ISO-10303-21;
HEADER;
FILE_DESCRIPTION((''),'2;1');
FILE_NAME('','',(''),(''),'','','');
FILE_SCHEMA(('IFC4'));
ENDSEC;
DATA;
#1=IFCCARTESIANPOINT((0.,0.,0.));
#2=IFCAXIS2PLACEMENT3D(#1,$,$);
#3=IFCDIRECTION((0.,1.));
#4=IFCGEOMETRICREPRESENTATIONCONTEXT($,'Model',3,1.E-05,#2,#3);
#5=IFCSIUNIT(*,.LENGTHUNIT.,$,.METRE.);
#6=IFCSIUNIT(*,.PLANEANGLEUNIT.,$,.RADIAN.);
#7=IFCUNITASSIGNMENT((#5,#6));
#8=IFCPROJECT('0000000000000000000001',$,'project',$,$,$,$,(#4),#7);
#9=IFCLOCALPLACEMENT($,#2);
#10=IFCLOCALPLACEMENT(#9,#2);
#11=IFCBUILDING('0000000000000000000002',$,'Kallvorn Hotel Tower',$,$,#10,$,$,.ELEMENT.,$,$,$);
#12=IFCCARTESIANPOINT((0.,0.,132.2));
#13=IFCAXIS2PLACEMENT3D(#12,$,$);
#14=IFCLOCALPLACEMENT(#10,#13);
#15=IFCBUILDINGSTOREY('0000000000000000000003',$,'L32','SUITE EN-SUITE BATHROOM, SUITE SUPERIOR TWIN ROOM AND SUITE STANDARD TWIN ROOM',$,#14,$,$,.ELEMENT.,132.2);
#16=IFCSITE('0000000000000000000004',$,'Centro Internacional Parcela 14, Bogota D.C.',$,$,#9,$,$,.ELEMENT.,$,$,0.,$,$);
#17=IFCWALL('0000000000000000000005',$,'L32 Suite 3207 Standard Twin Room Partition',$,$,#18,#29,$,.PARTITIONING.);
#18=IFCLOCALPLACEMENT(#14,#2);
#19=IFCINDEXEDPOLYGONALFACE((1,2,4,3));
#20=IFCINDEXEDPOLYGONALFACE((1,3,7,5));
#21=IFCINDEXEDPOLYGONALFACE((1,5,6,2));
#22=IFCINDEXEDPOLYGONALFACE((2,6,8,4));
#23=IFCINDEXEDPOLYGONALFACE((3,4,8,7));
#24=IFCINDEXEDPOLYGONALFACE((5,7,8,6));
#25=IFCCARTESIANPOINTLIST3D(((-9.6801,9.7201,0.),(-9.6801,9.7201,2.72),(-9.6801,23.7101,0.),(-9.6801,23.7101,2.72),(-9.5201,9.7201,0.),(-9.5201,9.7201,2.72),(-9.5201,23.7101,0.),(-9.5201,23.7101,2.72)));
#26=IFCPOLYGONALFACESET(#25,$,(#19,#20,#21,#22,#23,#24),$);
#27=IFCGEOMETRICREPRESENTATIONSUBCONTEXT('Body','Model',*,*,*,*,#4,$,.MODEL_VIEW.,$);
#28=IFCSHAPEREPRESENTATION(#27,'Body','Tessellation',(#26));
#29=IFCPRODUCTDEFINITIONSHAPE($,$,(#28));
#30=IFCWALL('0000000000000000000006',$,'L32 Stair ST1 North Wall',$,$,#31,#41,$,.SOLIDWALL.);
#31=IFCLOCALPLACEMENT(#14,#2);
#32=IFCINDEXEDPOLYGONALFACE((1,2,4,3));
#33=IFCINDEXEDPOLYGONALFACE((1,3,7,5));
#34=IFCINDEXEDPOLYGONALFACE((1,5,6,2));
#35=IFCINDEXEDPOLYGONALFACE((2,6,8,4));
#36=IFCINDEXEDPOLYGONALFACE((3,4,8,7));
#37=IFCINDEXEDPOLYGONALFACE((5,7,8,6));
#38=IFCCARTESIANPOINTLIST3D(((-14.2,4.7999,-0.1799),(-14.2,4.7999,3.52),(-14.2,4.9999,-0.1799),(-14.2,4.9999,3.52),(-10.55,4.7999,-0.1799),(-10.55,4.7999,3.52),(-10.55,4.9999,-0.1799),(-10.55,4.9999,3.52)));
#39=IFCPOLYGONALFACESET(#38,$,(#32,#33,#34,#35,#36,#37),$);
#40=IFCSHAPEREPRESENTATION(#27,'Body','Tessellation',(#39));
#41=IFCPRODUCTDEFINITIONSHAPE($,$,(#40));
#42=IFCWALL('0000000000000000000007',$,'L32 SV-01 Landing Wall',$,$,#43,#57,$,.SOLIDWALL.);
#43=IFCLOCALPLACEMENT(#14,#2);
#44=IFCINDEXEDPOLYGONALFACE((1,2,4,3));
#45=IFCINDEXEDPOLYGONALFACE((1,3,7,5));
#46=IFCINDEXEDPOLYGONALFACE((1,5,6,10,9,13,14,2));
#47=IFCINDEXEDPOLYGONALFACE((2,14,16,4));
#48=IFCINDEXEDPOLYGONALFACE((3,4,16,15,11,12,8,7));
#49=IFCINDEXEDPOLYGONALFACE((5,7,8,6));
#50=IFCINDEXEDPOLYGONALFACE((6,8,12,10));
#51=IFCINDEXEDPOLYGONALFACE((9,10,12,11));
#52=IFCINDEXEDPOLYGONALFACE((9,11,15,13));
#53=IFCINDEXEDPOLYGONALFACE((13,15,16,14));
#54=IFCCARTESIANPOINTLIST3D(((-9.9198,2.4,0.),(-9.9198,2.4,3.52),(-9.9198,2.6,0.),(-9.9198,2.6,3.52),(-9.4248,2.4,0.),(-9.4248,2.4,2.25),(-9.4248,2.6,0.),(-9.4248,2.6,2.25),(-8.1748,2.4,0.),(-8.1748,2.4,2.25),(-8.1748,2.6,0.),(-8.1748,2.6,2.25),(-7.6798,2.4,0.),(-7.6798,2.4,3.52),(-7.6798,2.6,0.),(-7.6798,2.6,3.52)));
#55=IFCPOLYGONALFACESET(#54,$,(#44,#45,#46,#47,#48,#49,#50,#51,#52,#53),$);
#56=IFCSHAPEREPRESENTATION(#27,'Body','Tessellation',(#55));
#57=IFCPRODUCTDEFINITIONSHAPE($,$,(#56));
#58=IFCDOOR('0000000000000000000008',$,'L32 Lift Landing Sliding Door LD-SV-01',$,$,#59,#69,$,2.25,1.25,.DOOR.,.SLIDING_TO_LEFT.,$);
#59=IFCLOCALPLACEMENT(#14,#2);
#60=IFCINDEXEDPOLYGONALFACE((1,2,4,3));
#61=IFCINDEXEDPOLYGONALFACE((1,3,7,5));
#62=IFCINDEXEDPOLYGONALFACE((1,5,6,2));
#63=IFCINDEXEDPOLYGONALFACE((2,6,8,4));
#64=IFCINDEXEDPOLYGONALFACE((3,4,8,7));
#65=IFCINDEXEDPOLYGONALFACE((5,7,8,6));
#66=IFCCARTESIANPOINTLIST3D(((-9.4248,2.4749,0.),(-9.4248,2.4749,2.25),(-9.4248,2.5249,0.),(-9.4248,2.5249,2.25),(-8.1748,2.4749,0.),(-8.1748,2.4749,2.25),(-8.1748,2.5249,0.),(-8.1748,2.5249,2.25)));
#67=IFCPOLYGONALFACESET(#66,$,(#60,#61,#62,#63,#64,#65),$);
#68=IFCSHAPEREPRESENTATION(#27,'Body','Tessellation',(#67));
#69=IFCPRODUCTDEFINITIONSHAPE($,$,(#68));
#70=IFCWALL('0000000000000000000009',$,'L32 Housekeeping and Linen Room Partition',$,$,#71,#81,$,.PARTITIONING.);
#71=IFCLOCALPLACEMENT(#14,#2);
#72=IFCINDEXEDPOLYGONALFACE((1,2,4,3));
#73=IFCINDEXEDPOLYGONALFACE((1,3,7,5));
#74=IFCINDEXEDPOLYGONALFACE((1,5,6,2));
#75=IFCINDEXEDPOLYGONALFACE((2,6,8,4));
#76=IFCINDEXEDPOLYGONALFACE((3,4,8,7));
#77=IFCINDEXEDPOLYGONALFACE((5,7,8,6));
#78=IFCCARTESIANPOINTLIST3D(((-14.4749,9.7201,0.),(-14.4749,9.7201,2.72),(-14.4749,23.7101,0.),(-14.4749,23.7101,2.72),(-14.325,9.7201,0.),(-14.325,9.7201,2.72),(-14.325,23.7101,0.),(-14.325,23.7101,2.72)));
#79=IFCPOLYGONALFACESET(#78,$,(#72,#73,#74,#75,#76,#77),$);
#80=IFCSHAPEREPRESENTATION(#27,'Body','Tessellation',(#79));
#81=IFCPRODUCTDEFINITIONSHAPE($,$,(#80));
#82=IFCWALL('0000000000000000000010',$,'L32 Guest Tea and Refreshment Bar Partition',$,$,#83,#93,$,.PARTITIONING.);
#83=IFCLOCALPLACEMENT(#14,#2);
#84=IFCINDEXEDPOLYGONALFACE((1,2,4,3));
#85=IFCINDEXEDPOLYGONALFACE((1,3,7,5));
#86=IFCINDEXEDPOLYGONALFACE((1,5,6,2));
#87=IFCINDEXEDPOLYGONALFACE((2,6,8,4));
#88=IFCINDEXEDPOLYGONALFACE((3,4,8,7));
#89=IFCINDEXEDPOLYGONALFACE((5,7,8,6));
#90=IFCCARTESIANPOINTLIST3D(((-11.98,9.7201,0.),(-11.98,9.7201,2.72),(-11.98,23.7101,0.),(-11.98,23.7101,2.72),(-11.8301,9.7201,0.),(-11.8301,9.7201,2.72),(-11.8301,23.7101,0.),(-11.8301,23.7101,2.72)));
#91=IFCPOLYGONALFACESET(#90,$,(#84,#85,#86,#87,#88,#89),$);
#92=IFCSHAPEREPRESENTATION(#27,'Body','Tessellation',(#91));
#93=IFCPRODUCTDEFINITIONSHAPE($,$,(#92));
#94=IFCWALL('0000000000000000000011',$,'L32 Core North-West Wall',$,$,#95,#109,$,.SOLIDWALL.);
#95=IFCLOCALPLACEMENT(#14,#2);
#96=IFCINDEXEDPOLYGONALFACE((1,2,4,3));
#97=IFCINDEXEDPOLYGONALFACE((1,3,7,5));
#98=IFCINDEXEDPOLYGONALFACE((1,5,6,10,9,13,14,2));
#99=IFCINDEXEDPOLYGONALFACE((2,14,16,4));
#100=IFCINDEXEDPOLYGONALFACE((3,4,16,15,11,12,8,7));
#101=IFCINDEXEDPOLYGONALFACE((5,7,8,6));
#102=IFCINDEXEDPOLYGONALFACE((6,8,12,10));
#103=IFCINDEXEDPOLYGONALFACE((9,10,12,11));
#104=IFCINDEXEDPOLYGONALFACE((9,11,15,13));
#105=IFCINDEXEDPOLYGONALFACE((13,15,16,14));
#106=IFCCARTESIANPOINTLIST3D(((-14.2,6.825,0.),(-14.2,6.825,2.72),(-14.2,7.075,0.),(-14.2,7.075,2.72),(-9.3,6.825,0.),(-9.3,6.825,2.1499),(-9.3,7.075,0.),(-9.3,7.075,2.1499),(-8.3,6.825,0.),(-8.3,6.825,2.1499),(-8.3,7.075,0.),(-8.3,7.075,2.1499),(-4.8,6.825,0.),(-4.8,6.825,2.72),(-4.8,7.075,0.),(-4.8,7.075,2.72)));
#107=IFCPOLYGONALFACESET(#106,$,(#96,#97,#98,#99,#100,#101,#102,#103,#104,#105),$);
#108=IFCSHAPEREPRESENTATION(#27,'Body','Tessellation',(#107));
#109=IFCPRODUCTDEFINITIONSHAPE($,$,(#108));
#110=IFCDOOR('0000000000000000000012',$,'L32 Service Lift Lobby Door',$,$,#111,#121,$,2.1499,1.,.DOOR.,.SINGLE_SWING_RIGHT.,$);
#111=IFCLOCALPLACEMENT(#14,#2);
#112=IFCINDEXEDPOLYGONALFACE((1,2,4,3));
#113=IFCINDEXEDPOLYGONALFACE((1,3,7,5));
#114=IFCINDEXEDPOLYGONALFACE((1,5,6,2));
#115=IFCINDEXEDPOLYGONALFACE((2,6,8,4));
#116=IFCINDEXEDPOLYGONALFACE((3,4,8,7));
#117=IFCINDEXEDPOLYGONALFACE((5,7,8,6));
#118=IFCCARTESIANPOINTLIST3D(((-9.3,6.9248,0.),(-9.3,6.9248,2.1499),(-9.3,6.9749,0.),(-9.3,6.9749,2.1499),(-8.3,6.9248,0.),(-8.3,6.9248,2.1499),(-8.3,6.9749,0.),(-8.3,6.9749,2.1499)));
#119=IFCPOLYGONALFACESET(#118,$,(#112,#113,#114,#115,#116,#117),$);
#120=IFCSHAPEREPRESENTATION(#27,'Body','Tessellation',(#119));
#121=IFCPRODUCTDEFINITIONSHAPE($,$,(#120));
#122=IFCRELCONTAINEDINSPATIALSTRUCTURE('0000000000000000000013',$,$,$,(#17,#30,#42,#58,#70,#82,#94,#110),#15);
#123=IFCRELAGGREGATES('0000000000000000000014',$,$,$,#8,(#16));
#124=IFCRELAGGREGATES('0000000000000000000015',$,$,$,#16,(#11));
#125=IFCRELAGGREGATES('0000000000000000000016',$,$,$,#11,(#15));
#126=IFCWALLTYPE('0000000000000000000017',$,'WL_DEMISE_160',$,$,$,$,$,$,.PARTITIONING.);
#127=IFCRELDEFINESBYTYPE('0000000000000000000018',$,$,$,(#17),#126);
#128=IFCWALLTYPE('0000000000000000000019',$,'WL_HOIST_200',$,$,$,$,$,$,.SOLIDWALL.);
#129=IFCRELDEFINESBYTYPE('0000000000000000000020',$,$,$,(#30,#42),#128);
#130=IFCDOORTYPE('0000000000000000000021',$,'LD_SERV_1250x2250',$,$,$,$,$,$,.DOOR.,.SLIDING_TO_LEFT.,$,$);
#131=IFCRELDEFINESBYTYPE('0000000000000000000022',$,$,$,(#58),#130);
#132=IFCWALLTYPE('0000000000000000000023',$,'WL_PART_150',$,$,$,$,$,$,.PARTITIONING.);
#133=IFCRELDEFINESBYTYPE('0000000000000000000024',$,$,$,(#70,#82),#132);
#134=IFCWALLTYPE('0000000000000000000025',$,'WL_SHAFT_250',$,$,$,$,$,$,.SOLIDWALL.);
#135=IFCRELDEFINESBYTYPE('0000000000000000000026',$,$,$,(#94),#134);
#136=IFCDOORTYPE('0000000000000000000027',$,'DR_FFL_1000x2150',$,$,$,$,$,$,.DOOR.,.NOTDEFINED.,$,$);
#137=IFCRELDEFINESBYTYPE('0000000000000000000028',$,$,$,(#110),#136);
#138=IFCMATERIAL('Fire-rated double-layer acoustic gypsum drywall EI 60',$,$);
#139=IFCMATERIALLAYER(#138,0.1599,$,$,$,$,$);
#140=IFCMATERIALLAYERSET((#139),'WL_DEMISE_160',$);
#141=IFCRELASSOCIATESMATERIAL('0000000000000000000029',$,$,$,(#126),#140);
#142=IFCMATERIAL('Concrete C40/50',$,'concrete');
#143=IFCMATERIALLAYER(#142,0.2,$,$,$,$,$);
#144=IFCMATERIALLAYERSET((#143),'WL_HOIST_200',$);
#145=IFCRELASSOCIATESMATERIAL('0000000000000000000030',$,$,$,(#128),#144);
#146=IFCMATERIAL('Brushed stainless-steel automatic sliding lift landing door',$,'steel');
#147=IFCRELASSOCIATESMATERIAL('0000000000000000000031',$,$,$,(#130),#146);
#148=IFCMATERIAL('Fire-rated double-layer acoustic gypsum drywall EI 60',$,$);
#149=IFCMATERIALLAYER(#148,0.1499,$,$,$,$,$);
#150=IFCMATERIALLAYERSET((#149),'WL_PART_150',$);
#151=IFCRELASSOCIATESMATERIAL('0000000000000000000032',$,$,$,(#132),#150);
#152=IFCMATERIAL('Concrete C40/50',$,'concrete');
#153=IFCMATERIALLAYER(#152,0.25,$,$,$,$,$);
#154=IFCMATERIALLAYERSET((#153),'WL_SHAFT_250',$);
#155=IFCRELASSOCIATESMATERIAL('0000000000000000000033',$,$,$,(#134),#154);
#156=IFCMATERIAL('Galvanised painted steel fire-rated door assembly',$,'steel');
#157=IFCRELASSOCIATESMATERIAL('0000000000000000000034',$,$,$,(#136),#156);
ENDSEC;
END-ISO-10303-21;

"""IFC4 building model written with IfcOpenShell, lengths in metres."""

from ifc_helpers import new_model, si_unit, direction, frame, frame_2d, origin, place, context, subcontext, project, spatial, rectangle, extrude, material, layer, layer_set, type_object, element, fill, save


model = new_model("IFC4")

# Units and contexts
model_context = context("Model", 3, precision=1e-05, world=origin(), true_north=direction((0.0, 1.0)))
body_context = subcontext(model_context, "Body", "Model", "MODEL_VIEW")
ifc_project = project(units=[si_unit("LENGTHUNIT", "METRE"), si_unit("PLANEANGLEUNIT", "RADIAN")], contexts=[model_context])

# Site, building, storey
site_placement = place(None, origin())
site = spatial("IfcSite", under=ifc_project, at=site_placement, Name="Centro Internacional Parcela 14, Bogota D.C.", CompositionType="ELEMENT", RefElevation=0.0)
building_placement = place(site_placement, origin())
building = spatial("IfcBuilding", under=site, at=building_placement, Name="Kallvorn Hotel Tower", CompositionType="ELEMENT")
storey_placement = place(building_placement, frame((0.0, 0.0, 132.2)))
storey = spatial("IfcBuildingStorey", under=building, at=storey_placement, Name="L32", Description="SUITE EN-SUITE BATHROOM, SUITE SUPERIOR TWIN ROOM AND SUITE STANDARD TWIN ROOM", CompositionType="ELEMENT", Elevation=132.2)

# Shared definitions
ifc_material_1 = material(Name="Fire-rated double-layer acoustic gypsum drywall EI 60")
ifc_layer_1 = layer(ifc_material_1, 0.1599)
ifc_layer_set_1 = layer_set([ifc_layer_1], Name="WL_DEMISE_160")
wall_type_1 = type_object("IfcWallType", Name="WL_DEMISE_160", PredefinedType="PARTITIONING", material=ifc_layer_set_1)

# Walls
wall_1_placement = place(storey_placement, frame((-9.6001, 9.72, 0.0), z_axis=(0.0, 0.0, 1.0), x_axis=(0.0, 1.0, 0.0)))
element("IfcWall", 1, at=wall_1_placement, inside=storey, type_object=wall_type_1, Name="L32 Suite 3207 Standard Twin Room Partition", PredefinedType="PARTITIONING", context=body_context, shape_type="SweptSolid", body=[
    extrude(rectangle(XDim=13.99, YDim=0.1599, at=frame_2d((6.9951, 0.0))), origin(), (0.0, 0.0, 1.0), 2.72),
])
ifc_material_2 = material(Name="Concrete C40/50", Category="concrete")
ifc_layer_2 = layer(ifc_material_2, 0.2)
ifc_layer_set_2 = layer_set([ifc_layer_2], Name="WL_HOIST_200")
wall_type_2 = type_object("IfcWallType", Name="WL_HOIST_200", PredefinedType="SOLIDWALL", material=ifc_layer_set_2)
wall_2_placement = place(storey_placement, frame((-14.2, 4.8999, -0.1799), z_axis=(0.0, 0.0, 1.0), x_axis=(1.0, 0.0, 0.0)))
element("IfcWall", 2, at=wall_2_placement, inside=storey, type_object=wall_type_2, Name="L32 Stair ST1 North Wall", PredefinedType="SOLIDWALL", context=body_context, shape_type="SweptSolid", body=[
    extrude(rectangle(XDim=3.6499, YDim=0.2, at=frame_2d((1.825, 0.0))), origin(), (0.0, 0.0, 1.0), 3.7),
])

# Wall, opening, door
wall_3_placement = place(storey_placement, frame((-9.9199, 2.5, 0.0), z_axis=(0.0, 0.0, 1.0), x_axis=(1.0, 0.0, 0.0)))
wall_3 = element("IfcWall", 3, at=wall_3_placement, inside=storey, type_object=wall_type_2, Name="L32 SV-01 Landing Wall", PredefinedType="SOLIDWALL", context=body_context, shape_type="SweptSolid", body=[
    extrude(rectangle(XDim=2.24, YDim=0.2, at=frame_2d((1.1201, 0.0))), origin(), (0.0, 0.0, 1.0), 3.52),
])
opening_1_placement = place(wall_3_placement, frame((0.4951, 0.0, 0.0)))
opening_1 = element("IfcOpeningElement", 4, at=opening_1_placement, cuts=wall_3, PredefinedType="OPENING", context=body_context, shape_type="SweptSolid", body=[
    extrude(rectangle(XDim=1.25, YDim=2.25, at=frame_2d((0.625, 1.125))), frame((0.0, 0.115, 0.0), z_axis=(0.0, -1.0, 0.0), x_axis=(1.0, 0.0, 0.0)), (0.0, 0.0, 1.0), 0.23),
])
ifc_material_3 = material(Name="Brushed stainless-steel automatic sliding lift landing door", Category="steel")
door_type_1 = type_object("IfcDoorType", Name="LD_SERV_1250x2250", OperationType="SLIDING_TO_LEFT", PredefinedType="DOOR", material=ifc_material_3)
door_1_placement = place(opening_1_placement, origin())
door_1 = element("IfcDoor", 5, at=door_1_placement, inside=storey, type_object=door_type_1, Name="L32 Lift Landing Sliding Door LD-SV-01", OperationType="SLIDING_TO_LEFT", OverallHeight=2.25, OverallWidth=1.25, PredefinedType="DOOR", context=body_context, shape_type="SweptSolid", body=[
    extrude(rectangle(XDim=1.25, YDim=2.25, at=frame_2d((0.625, 1.125))), frame((0.0, 0.0249, 0.0), z_axis=(0.0, -1.0, 0.0), x_axis=(1.0, 0.0, 0.0)), (0.0, 0.0, 1.0), 0.05),
])
fill(opening_1, door_1)

# Walls
ifc_material_4 = material(Name="Fire-rated double-layer acoustic gypsum drywall EI 60")
ifc_layer_3 = layer(ifc_material_4, 0.1499)
ifc_layer_set_3 = layer_set([ifc_layer_3], Name="WL_PART_150")
wall_type_3 = type_object("IfcWallType", Name="WL_PART_150", PredefinedType="PARTITIONING", material=ifc_layer_set_3)
for number, where, z_axis, x_axis, name in (
    (6, (-14.3999, 9.72, 0.0), (0.0, 0.0, 1.0), (0.0, 1.0, 0.0), "L32 Housekeeping and Linen Room Partition"),
    (7, (-11.905, 9.72, 0.0), (0.0, 0.0, 1.0), (0.0, 1.0, 0.0), "L32 Guest Tea and Refreshment Bar Partition"),
):
    element("IfcWall", number, at=place(storey_placement, frame(where, z_axis=z_axis, x_axis=x_axis)), inside=storey, type_object=wall_type_3, Name=name, PredefinedType="PARTITIONING", context=body_context, shape_type="SweptSolid", body=[
        extrude(rectangle(XDim=13.99, YDim=0.1499, at=frame_2d((6.9951, 0.0))), origin(), (0.0, 0.0, 1.0), 2.72),
    ])

# Wall, opening, door
ifc_material_5 = material(Name="Concrete C40/50", Category="concrete")
ifc_layer_4 = layer(ifc_material_5, 0.25)
ifc_layer_set_4 = layer_set([ifc_layer_4], Name="WL_SHAFT_250")
wall_type_4 = type_object("IfcWallType", Name="WL_SHAFT_250", PredefinedType="SOLIDWALL", material=ifc_layer_set_4)
wall_4_placement = place(storey_placement, frame((-14.2, 6.95, 0.0), z_axis=(0.0, 0.0, 1.0), x_axis=(1.0, 0.0, 0.0)))
wall_4 = element("IfcWall", 8, at=wall_4_placement, inside=storey, type_object=wall_type_4, Name="L32 Core North-West Wall", PredefinedType="SOLIDWALL", context=body_context, shape_type="SweptSolid", body=[
    extrude(rectangle(XDim=9.3999, YDim=0.25, at=frame_2d((4.7, 0.0))), origin(), (0.0, 0.0, 1.0), 2.72),
])
opening_2_placement = place(wall_4_placement, frame((4.8999, 0.0, 0.0)))
opening_2 = element("IfcOpeningElement", 9, at=opening_2_placement, cuts=wall_4, PredefinedType="OPENING", context=body_context, shape_type="SweptSolid", body=[
    extrude(rectangle(XDim=1.0, YDim=2.1499, at=frame_2d((0.5, 1.075))), frame((0.0, 0.1399, 0.0), z_axis=(0.0, -1.0, 0.0), x_axis=(1.0, 0.0, 0.0)), (0.0, 0.0, 1.0), 0.28),
])
ifc_material_6 = material(Name="Galvanised painted steel fire-rated door assembly", Category="steel")
door_type_2 = type_object("IfcDoorType", Name="DR_FFL_1000x2150", OperationType="NOTDEFINED", PredefinedType="DOOR", material=ifc_material_6)
door_2_placement = place(opening_2_placement, origin())
door_2 = element("IfcDoor", 10, at=door_2_placement, inside=storey, type_object=door_type_2, Name="L32 Service Lift Lobby Door", OperationType="SINGLE_SWING_RIGHT", OverallHeight=2.1499, OverallWidth=1.0, PredefinedType="DOOR", context=body_context, shape_type="SweptSolid", body=[
    extrude(rectangle(XDim=1.0, YDim=2.1499, at=frame_2d((0.5, 1.075))), frame((0.0, 0.0249, 0.0), z_axis=(0.0, -1.0, 0.0), x_axis=(1.0, 0.0, 0.0)), (0.0, 0.0, 1.0), 0.05),
])
fill(opening_2, door_2)

save(model, "model.ifc")
